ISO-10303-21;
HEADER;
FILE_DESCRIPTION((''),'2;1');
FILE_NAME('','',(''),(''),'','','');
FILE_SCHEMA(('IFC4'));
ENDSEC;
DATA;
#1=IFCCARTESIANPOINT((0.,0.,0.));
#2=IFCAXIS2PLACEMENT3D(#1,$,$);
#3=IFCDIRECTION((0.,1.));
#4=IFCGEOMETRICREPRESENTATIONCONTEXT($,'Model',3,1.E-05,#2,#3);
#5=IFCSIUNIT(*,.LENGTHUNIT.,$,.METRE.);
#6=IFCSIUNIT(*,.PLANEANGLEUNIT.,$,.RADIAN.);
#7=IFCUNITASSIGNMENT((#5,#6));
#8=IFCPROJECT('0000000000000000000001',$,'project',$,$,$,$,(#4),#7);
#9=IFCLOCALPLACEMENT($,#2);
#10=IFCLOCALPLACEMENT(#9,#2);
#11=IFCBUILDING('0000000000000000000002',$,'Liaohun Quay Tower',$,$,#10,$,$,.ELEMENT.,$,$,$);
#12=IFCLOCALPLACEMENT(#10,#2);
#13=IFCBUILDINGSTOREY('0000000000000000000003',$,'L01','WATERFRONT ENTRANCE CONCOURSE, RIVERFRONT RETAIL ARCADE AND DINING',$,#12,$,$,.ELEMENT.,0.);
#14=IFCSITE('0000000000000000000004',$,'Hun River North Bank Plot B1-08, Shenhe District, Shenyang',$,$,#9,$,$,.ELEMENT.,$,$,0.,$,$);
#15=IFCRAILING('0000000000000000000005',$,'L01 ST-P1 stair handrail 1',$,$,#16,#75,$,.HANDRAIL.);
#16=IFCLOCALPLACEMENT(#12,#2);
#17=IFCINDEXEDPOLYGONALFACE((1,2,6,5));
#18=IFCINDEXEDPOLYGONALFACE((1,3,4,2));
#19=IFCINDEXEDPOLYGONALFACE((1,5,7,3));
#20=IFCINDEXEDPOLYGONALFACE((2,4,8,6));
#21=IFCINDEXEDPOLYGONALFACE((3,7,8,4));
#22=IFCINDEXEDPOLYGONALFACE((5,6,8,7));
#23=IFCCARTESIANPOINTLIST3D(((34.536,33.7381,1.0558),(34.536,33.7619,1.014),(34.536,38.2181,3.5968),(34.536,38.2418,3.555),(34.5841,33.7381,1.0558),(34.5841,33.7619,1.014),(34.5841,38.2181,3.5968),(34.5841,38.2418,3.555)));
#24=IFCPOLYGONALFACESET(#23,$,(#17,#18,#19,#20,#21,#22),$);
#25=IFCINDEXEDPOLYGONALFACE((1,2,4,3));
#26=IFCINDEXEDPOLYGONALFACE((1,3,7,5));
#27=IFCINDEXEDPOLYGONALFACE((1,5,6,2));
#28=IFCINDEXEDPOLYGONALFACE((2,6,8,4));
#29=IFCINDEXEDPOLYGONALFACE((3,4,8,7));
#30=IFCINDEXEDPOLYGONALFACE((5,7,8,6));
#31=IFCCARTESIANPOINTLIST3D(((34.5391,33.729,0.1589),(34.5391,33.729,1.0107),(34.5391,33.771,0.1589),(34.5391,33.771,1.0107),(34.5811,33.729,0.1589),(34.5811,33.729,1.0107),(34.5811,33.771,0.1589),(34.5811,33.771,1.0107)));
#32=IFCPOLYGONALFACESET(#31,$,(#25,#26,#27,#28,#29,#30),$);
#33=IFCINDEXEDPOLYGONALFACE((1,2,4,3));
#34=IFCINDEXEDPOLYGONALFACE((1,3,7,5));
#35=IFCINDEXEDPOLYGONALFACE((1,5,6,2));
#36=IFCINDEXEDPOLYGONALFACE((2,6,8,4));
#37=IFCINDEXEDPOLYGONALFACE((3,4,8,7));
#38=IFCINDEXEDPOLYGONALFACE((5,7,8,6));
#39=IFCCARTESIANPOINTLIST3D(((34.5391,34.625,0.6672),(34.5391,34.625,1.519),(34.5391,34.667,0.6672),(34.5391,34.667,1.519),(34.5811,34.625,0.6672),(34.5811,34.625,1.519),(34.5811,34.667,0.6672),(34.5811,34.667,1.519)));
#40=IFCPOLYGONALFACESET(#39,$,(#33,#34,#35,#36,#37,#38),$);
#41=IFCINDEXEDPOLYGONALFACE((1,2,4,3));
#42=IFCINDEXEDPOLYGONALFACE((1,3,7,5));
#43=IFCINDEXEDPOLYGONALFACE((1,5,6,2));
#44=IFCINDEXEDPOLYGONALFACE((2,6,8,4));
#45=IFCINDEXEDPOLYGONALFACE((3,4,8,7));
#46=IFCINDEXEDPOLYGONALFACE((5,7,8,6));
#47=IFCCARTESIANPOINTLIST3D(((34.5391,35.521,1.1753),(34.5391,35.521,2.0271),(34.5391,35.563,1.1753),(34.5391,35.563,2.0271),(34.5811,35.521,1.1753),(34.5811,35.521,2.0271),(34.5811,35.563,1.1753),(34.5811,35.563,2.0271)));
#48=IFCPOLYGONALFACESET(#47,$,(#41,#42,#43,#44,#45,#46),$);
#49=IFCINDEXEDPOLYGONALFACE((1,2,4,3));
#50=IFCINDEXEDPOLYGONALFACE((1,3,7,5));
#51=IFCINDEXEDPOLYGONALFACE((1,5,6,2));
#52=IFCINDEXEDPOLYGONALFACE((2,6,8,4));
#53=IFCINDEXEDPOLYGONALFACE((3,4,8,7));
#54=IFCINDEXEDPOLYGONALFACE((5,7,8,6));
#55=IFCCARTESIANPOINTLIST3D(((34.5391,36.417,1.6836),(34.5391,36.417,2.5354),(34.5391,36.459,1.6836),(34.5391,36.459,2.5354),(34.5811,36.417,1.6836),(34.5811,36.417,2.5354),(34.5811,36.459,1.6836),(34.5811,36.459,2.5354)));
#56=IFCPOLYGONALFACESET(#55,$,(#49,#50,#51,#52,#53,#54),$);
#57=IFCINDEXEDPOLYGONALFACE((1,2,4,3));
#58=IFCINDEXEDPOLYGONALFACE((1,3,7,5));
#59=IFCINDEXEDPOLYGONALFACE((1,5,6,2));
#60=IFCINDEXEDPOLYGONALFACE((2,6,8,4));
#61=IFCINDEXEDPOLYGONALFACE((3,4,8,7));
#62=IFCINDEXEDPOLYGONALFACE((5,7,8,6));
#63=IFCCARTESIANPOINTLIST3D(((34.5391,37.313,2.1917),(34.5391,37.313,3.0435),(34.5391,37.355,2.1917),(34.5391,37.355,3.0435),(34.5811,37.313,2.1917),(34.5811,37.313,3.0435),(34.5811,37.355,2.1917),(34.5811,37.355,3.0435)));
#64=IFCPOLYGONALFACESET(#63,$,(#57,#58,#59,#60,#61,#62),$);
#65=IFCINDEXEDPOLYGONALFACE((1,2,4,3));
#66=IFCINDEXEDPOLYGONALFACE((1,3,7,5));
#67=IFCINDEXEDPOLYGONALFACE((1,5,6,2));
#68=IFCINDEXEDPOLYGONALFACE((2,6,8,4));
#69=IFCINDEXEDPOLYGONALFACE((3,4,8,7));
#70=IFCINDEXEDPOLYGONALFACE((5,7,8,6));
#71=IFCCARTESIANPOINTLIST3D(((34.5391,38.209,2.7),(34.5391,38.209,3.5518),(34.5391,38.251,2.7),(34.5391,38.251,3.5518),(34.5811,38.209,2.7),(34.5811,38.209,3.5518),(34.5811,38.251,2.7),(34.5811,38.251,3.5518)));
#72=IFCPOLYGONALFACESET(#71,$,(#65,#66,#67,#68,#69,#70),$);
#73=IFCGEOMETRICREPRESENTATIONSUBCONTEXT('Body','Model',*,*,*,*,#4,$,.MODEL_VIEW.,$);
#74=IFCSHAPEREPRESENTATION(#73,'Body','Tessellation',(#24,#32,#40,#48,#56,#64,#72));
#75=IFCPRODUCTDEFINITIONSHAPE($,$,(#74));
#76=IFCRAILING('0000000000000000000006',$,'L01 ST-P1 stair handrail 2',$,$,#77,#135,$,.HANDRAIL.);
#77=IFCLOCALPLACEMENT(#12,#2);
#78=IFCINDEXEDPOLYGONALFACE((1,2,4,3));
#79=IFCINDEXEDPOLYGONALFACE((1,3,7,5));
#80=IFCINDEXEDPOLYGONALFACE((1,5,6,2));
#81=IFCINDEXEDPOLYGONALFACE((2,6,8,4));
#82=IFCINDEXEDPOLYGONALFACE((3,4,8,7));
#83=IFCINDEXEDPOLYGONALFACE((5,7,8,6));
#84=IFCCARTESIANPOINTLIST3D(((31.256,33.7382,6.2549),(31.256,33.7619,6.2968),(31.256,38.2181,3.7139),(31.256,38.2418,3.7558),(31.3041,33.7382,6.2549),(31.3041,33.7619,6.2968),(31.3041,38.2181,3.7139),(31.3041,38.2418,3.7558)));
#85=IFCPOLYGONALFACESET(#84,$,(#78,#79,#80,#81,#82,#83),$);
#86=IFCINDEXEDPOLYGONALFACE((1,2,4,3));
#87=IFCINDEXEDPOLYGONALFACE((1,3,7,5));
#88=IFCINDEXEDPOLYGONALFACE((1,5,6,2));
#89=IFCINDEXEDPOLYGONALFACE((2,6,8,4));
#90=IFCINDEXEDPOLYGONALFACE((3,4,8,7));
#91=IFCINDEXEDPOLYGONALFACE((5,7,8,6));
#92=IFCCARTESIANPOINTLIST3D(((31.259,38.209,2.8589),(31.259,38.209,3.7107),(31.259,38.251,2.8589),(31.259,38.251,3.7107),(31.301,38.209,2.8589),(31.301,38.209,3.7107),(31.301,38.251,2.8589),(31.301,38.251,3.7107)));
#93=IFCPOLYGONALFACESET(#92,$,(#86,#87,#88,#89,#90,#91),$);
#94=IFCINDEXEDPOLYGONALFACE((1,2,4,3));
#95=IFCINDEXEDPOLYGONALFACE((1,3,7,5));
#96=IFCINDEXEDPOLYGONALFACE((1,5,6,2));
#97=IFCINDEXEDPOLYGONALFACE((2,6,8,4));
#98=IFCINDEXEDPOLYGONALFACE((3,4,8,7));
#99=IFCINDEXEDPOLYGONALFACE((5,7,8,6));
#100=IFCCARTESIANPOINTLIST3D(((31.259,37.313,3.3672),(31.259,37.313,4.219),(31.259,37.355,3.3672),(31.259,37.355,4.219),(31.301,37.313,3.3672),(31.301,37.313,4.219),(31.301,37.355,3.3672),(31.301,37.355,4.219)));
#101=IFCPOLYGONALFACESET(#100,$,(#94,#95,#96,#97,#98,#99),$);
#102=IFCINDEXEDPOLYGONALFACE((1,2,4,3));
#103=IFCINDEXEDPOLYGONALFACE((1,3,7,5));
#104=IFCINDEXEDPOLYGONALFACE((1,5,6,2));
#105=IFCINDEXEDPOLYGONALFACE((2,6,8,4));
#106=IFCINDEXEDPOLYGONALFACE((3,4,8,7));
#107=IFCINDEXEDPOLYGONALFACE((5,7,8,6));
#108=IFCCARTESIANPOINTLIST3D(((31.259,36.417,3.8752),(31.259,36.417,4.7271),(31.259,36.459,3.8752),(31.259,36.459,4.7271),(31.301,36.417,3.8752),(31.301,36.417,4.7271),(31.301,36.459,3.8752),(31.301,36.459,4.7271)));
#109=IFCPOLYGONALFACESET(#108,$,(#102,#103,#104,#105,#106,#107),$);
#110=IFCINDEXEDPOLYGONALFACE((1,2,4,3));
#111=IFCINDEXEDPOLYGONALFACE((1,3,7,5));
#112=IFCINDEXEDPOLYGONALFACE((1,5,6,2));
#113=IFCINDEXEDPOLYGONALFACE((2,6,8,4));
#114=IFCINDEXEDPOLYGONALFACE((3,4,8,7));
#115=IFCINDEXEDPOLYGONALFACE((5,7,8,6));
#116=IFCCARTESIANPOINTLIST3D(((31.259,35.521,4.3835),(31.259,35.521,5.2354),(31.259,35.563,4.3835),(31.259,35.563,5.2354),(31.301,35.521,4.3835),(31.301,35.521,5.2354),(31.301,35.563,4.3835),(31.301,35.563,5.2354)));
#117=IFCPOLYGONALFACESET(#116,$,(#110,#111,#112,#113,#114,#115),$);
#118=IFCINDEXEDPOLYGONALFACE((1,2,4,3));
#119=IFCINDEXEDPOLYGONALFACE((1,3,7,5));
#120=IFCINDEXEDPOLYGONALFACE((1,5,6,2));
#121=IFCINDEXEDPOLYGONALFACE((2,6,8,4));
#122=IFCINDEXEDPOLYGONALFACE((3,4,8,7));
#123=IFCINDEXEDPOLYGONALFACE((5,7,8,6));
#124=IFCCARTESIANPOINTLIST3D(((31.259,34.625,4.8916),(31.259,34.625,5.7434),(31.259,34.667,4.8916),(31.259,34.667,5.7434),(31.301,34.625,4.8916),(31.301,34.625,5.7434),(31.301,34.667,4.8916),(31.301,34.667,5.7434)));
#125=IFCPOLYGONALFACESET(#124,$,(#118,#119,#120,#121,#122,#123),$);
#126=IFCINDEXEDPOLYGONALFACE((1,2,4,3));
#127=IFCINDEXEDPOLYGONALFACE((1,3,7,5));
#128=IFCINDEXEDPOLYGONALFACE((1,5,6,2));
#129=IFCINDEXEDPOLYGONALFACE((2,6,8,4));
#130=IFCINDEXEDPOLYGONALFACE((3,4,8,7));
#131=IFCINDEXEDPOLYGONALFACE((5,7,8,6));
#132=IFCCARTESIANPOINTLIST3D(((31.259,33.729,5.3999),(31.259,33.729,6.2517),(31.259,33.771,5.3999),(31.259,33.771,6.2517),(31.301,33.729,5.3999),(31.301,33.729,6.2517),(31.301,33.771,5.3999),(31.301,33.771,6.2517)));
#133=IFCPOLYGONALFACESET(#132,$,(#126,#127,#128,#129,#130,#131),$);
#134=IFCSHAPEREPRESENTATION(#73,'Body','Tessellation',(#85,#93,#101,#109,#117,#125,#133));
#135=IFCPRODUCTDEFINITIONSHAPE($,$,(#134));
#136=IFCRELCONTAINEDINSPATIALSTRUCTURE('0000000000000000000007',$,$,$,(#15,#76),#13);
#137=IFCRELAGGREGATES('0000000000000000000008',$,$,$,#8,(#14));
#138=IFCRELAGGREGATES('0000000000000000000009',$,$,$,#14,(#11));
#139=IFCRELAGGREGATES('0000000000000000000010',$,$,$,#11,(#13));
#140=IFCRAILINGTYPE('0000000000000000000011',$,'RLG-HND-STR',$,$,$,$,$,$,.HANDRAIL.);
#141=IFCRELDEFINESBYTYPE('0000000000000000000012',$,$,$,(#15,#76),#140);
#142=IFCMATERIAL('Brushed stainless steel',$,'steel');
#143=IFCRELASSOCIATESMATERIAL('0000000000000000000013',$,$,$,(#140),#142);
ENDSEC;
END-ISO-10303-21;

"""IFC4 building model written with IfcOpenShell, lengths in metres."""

from ifc_helpers import new_model, si_unit, direction, frame, origin, origin_2d, place, context, subcontext, project, spatial, rectangle, extrude, material, type_object, element, save


model = new_model("IFC4")

# Units and contexts
model_context = context("Model", 3, precision=1e-05, world=origin(), true_north=direction((0.0, 1.0)))
body_context = subcontext(model_context, "Body", "Model", "MODEL_VIEW")
ifc_project = project(units=[si_unit("LENGTHUNIT", "METRE"), si_unit("PLANEANGLEUNIT", "RADIAN")], contexts=[model_context])

# Site, building, storey
site_placement = place(None, origin())
site = spatial("IfcSite", under=ifc_project, at=site_placement, Name="Hun River North Bank Plot B1-08, Shenhe District, Shenyang", CompositionType="ELEMENT", RefElevation=0.0)
building_placement = place(site_placement, origin())
building = spatial("IfcBuilding", under=site, at=building_placement, Name="Liaohun Quay Tower", CompositionType="ELEMENT")
storey_placement = place(building_placement, origin())
storey = spatial("IfcBuildingStorey", under=building, at=storey_placement, Name="L01", Description="WATERFRONT ENTRANCE CONCOURSE, RIVERFRONT RETAIL ARCADE AND DINING", CompositionType="ELEMENT", Elevation=0.0)

# Railings
ifc_material_1 = material(Name="Brushed stainless steel", Category="steel")
railing_type_1 = type_object("IfcRailingType", Name="RLG-HND-STR", PredefinedType="HANDRAIL", material=ifc_material_1)
railing_1_placement = place(storey_placement, frame((34.5601, 33.75, 0.1589)))
element("IfcRailing", 1, at=railing_1_placement, inside=storey, type_object=railing_type_1, Name="L01 ST-P1 stair handrail 1", PredefinedType="HANDRAIL", context=body_context, shape_type="SweptSolid", body=[
    extrude(rectangle(XDim=0.0481, YDim=0.0481, at=origin_2d()), frame((0.0, 0.0, 0.876), z_axis=(0.0, 0.869826, 0.493359), x_axis=(-1.0, 0.0, 0.0)), (0.0, 0.0, 1.0), 5.1504),
    extrude(rectangle(XDim=0.042, YDim=0.042, at=origin_2d()), origin(), (0.0, 0.0, 1.0), 0.8518),
    extrude(rectangle(XDim=0.042, YDim=0.042, at=origin_2d()), frame((0.0, 0.896, 0.5083)), (0.0, 0.0, 1.0), 0.8518),
    extrude(rectangle(XDim=0.042, YDim=0.042, at=origin_2d()), frame((0.0, 1.792, 1.0164)), (0.0, 0.0, 1.0), 0.8518),
    extrude(rectangle(XDim=0.042, YDim=0.042, at=origin_2d()), frame((0.0, 2.688, 1.5247)), (0.0, 0.0, 1.0), 0.8518),
    extrude(rectangle(XDim=0.042, YDim=0.042, at=origin_2d()), frame((0.0, 3.584, 2.0327)), (0.0, 0.0, 1.0), 0.8518),
    extrude(rectangle(XDim=0.042, YDim=0.042, at=origin_2d()), frame((0.0, 4.48, 2.541)), (0.0, 0.0, 1.0), 0.8518),
])
railing_2_placement = place(storey_placement, frame((31.28, 38.23, 2.8589)))
element("IfcRailing", 2, at=railing_2_placement, inside=storey, type_object=railing_type_1, Name="L01 ST-P1 stair handrail 2", PredefinedType="HANDRAIL", context=body_context, shape_type="SweptSolid", body=[
    extrude(rectangle(XDim=0.0481, YDim=0.0481, at=origin_2d()), frame((0.0, 0.0, 0.876), z_axis=(0.0, -0.869826, 0.493359), x_axis=(1.0, 0.0, 0.0)), (0.0, 0.0, 1.0), 5.1504),
    extrude(rectangle(XDim=0.042, YDim=0.042, at=origin_2d()), origin(), (0.0, 0.0, 1.0), 0.8518),
    extrude(rectangle(XDim=0.042, YDim=0.042, at=origin_2d()), frame((0.0, -0.896, 0.5083)), (0.0, 0.0, 1.0), 0.8518),
    extrude(rectangle(XDim=0.042, YDim=0.042, at=origin_2d()), frame((0.0, -1.792, 1.0164)), (0.0, 0.0, 1.0), 0.8518),
    extrude(rectangle(XDim=0.042, YDim=0.042, at=origin_2d()), frame((0.0, -2.688, 1.5247)), (0.0, 0.0, 1.0), 0.8518),
    extrude(rectangle(XDim=0.042, YDim=0.042, at=origin_2d()), frame((0.0, -3.584, 2.0327)), (0.0, 0.0, 1.0), 0.8518),
    extrude(rectangle(XDim=0.042, YDim=0.042, at=origin_2d()), frame((0.0, -4.48, 2.541)), (0.0, 0.0, 1.0), 0.8518),
])

save(model, "model.ifc")
